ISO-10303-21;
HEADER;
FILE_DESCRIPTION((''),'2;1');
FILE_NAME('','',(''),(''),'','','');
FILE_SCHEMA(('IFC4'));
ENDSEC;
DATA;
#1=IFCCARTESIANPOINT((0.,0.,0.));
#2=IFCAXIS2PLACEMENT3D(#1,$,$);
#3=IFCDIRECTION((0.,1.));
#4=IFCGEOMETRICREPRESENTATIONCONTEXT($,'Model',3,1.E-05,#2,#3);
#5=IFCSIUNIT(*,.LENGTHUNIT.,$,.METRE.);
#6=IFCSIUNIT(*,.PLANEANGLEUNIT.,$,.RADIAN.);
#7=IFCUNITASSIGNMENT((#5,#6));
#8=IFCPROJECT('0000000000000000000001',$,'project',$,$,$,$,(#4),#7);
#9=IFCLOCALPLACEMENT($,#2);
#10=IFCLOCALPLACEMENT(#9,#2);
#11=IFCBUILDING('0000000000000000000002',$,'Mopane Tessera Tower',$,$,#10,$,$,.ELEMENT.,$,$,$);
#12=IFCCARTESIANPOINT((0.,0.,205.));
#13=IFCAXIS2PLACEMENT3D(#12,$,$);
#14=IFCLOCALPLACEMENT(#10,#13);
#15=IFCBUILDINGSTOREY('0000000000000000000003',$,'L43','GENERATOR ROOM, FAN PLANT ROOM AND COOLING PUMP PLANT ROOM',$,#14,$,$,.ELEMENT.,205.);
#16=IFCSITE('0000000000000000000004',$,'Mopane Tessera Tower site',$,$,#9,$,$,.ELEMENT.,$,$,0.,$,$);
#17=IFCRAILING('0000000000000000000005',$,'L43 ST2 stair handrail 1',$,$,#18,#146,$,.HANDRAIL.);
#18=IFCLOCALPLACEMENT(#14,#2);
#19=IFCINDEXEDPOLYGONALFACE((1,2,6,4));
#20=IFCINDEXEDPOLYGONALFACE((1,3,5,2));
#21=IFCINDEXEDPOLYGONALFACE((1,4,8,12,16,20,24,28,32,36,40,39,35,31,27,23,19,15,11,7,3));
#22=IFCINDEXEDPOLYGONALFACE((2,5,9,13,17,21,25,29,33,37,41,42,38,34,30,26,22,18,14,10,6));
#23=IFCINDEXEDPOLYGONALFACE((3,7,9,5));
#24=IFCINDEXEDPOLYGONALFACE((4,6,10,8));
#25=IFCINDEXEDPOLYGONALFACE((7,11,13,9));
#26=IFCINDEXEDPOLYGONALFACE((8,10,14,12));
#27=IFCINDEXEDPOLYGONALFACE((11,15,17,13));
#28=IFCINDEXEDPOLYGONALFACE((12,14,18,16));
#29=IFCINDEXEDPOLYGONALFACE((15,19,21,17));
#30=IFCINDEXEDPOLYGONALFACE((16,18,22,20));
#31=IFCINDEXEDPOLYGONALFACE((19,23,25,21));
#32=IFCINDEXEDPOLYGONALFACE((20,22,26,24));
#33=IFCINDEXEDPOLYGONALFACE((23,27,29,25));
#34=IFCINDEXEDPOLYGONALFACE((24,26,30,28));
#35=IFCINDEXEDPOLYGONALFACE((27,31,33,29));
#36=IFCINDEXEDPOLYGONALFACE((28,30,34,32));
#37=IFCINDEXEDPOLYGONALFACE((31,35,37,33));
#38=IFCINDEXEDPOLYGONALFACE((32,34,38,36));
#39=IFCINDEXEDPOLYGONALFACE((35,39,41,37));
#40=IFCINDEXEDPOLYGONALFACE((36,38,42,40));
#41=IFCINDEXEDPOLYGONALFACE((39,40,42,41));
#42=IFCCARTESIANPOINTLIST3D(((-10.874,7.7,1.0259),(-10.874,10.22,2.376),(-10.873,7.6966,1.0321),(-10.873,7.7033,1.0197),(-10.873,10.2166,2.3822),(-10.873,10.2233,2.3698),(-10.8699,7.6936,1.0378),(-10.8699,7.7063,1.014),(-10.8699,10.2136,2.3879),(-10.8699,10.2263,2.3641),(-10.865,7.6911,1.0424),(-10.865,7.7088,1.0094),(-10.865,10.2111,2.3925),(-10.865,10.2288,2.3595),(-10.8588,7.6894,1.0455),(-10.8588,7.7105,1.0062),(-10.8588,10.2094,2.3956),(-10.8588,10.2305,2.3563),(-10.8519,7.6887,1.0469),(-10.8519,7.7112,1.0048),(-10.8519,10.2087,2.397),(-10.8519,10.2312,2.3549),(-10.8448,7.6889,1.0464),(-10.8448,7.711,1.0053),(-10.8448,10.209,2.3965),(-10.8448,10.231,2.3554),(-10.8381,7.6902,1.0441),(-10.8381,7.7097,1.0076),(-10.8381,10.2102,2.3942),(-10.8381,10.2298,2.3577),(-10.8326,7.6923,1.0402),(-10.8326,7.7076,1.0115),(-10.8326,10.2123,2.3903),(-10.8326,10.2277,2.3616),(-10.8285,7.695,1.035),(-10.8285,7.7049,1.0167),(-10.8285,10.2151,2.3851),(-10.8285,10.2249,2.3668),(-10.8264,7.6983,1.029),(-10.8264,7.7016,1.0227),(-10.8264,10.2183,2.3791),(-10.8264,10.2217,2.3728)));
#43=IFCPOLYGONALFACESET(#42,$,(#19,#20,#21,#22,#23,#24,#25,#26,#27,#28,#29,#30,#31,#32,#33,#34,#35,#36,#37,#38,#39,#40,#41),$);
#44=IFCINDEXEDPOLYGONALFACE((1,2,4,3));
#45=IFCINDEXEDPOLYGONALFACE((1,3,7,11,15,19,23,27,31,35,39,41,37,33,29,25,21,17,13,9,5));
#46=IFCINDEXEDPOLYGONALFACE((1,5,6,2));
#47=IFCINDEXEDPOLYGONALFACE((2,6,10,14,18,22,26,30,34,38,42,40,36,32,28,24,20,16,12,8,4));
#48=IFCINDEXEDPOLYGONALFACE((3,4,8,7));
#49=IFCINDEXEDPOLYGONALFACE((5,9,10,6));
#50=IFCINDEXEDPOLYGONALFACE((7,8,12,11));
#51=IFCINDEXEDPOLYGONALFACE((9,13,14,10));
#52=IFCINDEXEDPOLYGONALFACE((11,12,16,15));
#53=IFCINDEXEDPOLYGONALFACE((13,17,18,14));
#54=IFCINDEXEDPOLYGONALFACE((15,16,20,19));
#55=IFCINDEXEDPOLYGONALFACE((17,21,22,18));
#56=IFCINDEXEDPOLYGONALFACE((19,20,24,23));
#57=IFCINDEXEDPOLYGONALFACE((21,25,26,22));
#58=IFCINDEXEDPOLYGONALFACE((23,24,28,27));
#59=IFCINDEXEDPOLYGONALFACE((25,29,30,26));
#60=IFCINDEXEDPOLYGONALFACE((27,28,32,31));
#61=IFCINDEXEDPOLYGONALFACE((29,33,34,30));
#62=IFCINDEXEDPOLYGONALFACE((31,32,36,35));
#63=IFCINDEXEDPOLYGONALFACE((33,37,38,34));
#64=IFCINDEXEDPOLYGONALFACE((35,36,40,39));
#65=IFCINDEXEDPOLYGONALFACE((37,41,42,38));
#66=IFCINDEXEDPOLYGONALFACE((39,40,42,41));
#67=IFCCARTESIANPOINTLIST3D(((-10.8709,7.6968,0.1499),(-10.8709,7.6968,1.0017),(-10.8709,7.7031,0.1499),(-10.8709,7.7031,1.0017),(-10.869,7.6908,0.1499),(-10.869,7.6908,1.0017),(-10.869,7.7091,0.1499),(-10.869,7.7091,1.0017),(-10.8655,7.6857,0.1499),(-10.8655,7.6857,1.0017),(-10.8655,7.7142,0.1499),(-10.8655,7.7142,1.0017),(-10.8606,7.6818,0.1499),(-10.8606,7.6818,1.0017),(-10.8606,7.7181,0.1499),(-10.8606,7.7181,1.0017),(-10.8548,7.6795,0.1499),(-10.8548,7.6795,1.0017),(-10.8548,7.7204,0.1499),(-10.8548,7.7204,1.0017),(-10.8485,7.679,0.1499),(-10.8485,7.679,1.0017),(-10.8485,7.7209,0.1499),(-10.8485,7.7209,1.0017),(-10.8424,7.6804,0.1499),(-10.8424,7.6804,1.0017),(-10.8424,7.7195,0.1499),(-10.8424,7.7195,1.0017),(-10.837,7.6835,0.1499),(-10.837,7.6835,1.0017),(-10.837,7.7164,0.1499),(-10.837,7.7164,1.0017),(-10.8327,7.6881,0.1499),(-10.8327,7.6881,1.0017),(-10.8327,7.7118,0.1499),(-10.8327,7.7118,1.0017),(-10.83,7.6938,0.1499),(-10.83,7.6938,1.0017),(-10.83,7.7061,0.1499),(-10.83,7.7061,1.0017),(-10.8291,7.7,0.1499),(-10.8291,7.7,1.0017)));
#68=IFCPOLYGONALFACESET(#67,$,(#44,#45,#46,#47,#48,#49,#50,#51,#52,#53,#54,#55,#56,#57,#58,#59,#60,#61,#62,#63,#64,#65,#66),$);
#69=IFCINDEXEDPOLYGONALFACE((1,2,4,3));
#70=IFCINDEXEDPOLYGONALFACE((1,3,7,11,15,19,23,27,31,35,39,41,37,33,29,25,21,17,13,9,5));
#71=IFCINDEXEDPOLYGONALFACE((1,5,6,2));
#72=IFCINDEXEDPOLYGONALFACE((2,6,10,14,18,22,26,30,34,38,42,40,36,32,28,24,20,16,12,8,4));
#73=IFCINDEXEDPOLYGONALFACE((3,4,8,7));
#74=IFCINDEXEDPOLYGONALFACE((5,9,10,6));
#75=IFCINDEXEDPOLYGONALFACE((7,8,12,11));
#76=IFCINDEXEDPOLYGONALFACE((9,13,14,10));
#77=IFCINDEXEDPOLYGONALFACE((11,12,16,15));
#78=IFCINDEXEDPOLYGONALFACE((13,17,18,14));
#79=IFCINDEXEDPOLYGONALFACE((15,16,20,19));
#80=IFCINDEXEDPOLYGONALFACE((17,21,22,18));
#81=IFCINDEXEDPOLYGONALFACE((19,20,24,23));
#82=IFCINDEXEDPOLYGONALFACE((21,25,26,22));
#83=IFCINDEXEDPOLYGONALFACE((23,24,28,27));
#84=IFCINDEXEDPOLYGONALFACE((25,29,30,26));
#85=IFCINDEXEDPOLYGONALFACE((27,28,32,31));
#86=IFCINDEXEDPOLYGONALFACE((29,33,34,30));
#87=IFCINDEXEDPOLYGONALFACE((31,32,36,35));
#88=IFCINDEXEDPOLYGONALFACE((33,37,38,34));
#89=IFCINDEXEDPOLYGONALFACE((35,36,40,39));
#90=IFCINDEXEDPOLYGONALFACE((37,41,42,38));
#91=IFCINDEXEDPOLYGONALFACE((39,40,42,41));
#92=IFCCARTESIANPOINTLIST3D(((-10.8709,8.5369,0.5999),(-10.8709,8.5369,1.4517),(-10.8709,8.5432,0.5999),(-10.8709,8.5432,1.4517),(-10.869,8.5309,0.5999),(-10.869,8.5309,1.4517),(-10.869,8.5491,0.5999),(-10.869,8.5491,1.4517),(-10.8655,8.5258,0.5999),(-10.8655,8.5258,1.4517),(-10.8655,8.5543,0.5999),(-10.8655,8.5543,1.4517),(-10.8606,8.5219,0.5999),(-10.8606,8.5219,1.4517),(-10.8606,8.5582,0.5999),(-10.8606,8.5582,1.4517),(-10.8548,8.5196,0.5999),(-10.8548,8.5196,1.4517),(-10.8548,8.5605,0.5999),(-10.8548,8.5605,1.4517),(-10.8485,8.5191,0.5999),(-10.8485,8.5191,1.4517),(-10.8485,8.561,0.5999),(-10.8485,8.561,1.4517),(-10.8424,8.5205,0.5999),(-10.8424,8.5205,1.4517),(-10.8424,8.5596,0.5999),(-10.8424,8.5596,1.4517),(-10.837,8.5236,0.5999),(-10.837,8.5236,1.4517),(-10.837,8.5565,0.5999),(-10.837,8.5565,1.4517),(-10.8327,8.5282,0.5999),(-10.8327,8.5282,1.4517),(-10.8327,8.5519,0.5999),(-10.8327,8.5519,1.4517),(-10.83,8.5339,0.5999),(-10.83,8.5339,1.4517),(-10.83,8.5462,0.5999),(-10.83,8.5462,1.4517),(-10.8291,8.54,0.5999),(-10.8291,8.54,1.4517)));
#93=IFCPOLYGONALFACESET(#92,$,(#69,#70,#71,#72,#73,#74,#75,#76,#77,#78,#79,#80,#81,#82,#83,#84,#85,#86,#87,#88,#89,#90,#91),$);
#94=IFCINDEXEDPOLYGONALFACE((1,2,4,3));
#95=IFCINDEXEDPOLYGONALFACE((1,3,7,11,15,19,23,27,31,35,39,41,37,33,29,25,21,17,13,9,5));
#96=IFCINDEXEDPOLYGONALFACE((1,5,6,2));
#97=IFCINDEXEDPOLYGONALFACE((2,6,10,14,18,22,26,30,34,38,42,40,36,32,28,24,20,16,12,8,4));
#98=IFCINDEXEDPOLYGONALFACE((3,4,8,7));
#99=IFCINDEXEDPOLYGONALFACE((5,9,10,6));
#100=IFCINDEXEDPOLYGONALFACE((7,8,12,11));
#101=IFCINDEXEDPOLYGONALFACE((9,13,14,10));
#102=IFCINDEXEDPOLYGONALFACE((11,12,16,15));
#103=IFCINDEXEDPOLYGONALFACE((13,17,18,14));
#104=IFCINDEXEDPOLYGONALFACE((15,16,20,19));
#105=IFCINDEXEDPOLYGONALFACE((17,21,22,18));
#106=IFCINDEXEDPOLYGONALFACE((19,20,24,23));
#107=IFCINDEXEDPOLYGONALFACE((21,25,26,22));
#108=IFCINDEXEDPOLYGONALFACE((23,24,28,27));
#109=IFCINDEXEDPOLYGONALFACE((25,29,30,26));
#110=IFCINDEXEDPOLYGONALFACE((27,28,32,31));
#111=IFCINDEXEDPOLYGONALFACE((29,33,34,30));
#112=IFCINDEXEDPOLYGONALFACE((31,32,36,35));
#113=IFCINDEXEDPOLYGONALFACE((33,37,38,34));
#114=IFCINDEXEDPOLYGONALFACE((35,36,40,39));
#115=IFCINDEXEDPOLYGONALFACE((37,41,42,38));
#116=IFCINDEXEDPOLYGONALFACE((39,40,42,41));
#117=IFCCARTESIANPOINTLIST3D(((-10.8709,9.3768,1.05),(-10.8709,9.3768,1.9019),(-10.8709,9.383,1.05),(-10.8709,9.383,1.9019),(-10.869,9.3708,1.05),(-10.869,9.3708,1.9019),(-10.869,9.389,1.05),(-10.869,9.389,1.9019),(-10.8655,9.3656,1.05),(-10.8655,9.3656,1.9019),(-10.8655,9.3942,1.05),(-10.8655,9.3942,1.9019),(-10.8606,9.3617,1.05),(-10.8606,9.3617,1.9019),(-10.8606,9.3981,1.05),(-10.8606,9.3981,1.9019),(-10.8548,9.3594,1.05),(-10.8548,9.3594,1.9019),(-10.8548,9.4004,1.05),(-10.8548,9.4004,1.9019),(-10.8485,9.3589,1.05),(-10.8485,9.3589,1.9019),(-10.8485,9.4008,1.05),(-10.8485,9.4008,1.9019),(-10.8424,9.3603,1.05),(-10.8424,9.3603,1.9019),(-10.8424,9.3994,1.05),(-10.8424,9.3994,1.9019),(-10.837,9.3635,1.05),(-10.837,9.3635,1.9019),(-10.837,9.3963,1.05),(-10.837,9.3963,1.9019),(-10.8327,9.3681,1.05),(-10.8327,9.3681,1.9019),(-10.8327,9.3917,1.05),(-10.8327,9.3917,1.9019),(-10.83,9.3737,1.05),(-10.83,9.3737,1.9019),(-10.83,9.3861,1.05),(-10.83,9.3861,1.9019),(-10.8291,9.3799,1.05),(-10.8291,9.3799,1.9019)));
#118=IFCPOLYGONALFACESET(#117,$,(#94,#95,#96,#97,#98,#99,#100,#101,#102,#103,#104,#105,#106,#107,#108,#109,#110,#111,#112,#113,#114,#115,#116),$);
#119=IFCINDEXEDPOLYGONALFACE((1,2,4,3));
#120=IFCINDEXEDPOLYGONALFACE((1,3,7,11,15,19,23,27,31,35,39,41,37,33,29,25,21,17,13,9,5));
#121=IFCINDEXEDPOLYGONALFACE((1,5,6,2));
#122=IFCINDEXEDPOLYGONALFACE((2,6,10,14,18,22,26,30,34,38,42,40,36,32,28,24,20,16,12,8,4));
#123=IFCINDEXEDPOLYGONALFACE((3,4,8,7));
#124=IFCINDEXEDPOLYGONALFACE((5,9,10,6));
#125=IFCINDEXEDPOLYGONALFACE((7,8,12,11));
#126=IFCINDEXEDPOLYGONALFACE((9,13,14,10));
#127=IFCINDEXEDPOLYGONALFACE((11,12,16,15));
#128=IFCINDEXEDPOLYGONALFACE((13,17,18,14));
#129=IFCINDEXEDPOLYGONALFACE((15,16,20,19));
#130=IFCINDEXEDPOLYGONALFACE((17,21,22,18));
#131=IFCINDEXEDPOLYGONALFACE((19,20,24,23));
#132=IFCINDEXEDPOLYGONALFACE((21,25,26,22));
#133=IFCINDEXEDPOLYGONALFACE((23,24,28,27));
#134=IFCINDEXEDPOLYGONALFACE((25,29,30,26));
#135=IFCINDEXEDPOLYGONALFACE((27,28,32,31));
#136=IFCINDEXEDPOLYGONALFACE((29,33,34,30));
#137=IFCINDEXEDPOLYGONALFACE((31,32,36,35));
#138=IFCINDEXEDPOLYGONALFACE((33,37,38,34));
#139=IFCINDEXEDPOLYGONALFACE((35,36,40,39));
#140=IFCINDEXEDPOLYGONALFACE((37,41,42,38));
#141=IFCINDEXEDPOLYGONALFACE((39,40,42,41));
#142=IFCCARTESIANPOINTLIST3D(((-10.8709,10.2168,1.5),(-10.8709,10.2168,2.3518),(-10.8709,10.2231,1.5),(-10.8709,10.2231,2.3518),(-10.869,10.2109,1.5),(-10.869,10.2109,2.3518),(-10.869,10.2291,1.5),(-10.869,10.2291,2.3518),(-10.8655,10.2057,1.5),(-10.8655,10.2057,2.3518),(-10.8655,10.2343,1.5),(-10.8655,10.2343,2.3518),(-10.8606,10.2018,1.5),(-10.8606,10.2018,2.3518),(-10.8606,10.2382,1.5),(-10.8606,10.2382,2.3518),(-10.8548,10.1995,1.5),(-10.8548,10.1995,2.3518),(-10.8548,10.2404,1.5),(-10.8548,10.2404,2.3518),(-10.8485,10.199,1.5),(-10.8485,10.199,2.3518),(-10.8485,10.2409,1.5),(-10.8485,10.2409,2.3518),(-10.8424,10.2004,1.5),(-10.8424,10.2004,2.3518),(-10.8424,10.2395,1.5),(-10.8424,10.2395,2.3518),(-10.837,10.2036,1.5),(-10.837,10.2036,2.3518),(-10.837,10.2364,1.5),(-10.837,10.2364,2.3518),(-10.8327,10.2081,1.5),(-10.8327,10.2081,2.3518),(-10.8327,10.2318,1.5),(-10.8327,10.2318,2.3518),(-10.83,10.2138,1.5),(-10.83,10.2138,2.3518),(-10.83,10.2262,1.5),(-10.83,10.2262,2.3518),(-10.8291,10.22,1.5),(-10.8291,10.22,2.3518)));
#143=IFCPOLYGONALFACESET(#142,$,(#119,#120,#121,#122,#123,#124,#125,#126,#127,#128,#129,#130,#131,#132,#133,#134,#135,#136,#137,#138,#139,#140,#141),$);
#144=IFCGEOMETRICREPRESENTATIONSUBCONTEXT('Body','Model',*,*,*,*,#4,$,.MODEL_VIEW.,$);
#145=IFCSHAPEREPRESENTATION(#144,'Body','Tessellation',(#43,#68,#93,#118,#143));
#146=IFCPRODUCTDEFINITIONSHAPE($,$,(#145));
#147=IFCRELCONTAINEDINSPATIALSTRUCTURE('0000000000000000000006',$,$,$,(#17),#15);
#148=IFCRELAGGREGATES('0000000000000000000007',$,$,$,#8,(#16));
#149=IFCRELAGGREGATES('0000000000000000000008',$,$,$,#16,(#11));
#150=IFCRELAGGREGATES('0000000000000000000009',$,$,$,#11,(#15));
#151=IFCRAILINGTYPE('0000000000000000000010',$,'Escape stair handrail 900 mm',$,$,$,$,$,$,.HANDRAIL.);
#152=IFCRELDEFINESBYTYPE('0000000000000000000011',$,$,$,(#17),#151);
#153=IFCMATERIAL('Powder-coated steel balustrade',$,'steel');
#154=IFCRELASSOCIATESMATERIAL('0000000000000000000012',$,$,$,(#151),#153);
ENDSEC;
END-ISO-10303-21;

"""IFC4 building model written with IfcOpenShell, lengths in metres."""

from ifc_helpers import new_model, si_unit, direction, frame, origin, origin_2d, place, context, subcontext, project, spatial, circle, extrude, material, type_object, element, save


model = new_model("IFC4")

# Units and contexts
model_context = context("Model", 3, precision=1e-05, world=origin(), true_north=direction((0.0, 1.0)))
body_context = subcontext(model_context, "Body", "Model", "MODEL_VIEW")
ifc_project = project(units=[si_unit("LENGTHUNIT", "METRE"), si_unit("PLANEANGLEUNIT", "RADIAN")], contexts=[model_context])

# Site, building, storey
site_placement = place(None, origin())
site = spatial("IfcSite", under=ifc_project, at=site_placement, Name="Mopane Tessera Tower site", CompositionType="ELEMENT", RefElevation=0.0)
building_placement = place(site_placement, origin())
building = spatial("IfcBuilding", under=site, at=building_placement, Name="Mopane Tessera Tower", CompositionType="ELEMENT")
storey_placement = place(building_placement, frame((0.0, 0.0, 205.0)))
storey = spatial("IfcBuildingStorey", under=building, at=storey_placement, Name="L43", Description="GENERATOR ROOM, FAN PLANT ROOM AND COOLING PUMP PLANT ROOM", CompositionType="ELEMENT", Elevation=205.0)

# Railing
ifc_material_1 = material(Name="Powder-coated steel balustrade", Category="steel")
railing_type_1 = type_object("IfcRailingType", Name="Escape stair handrail 900 mm", PredefinedType="HANDRAIL", material=ifc_material_1)
railing_1_placement = place(storey_placement, frame((-10.8501, 7.7, 0.1499)))
element("IfcRailing", 1, at=railing_1_placement, inside=storey, type_object=railing_type_1, Name="L43 ST2 stair handrail 1", PredefinedType="HANDRAIL", context=body_context, shape_type="SweptSolid", body=[
    extrude(circle(Radius=0.0239, at=origin_2d()), frame((0.0, 0.0, 0.876), z_axis=(0.0, 0.881467, 0.472245), x_axis=(-1.0, 0.0, 0.0)), (0.0, 0.0, 1.0), 2.8589),
    extrude(circle(Radius=0.021, at=origin_2d()), origin(), (0.0, 0.0, 1.0), 0.8518),
    extrude(circle(Radius=0.021, at=origin_2d()), frame((0.0, 0.8401, 0.45)), (0.0, 0.0, 1.0), 0.8518),
    extrude(circle(Radius=0.021, at=origin_2d()), frame((0.0, 1.6799, 0.9001)), (0.0, 0.0, 1.0), 0.8518),
    extrude(circle(Radius=0.021, at=origin_2d()), frame((0.0, 2.52, 1.3501)), (0.0, 0.0, 1.0), 0.8518),
])

save(model, "model.ifc")
